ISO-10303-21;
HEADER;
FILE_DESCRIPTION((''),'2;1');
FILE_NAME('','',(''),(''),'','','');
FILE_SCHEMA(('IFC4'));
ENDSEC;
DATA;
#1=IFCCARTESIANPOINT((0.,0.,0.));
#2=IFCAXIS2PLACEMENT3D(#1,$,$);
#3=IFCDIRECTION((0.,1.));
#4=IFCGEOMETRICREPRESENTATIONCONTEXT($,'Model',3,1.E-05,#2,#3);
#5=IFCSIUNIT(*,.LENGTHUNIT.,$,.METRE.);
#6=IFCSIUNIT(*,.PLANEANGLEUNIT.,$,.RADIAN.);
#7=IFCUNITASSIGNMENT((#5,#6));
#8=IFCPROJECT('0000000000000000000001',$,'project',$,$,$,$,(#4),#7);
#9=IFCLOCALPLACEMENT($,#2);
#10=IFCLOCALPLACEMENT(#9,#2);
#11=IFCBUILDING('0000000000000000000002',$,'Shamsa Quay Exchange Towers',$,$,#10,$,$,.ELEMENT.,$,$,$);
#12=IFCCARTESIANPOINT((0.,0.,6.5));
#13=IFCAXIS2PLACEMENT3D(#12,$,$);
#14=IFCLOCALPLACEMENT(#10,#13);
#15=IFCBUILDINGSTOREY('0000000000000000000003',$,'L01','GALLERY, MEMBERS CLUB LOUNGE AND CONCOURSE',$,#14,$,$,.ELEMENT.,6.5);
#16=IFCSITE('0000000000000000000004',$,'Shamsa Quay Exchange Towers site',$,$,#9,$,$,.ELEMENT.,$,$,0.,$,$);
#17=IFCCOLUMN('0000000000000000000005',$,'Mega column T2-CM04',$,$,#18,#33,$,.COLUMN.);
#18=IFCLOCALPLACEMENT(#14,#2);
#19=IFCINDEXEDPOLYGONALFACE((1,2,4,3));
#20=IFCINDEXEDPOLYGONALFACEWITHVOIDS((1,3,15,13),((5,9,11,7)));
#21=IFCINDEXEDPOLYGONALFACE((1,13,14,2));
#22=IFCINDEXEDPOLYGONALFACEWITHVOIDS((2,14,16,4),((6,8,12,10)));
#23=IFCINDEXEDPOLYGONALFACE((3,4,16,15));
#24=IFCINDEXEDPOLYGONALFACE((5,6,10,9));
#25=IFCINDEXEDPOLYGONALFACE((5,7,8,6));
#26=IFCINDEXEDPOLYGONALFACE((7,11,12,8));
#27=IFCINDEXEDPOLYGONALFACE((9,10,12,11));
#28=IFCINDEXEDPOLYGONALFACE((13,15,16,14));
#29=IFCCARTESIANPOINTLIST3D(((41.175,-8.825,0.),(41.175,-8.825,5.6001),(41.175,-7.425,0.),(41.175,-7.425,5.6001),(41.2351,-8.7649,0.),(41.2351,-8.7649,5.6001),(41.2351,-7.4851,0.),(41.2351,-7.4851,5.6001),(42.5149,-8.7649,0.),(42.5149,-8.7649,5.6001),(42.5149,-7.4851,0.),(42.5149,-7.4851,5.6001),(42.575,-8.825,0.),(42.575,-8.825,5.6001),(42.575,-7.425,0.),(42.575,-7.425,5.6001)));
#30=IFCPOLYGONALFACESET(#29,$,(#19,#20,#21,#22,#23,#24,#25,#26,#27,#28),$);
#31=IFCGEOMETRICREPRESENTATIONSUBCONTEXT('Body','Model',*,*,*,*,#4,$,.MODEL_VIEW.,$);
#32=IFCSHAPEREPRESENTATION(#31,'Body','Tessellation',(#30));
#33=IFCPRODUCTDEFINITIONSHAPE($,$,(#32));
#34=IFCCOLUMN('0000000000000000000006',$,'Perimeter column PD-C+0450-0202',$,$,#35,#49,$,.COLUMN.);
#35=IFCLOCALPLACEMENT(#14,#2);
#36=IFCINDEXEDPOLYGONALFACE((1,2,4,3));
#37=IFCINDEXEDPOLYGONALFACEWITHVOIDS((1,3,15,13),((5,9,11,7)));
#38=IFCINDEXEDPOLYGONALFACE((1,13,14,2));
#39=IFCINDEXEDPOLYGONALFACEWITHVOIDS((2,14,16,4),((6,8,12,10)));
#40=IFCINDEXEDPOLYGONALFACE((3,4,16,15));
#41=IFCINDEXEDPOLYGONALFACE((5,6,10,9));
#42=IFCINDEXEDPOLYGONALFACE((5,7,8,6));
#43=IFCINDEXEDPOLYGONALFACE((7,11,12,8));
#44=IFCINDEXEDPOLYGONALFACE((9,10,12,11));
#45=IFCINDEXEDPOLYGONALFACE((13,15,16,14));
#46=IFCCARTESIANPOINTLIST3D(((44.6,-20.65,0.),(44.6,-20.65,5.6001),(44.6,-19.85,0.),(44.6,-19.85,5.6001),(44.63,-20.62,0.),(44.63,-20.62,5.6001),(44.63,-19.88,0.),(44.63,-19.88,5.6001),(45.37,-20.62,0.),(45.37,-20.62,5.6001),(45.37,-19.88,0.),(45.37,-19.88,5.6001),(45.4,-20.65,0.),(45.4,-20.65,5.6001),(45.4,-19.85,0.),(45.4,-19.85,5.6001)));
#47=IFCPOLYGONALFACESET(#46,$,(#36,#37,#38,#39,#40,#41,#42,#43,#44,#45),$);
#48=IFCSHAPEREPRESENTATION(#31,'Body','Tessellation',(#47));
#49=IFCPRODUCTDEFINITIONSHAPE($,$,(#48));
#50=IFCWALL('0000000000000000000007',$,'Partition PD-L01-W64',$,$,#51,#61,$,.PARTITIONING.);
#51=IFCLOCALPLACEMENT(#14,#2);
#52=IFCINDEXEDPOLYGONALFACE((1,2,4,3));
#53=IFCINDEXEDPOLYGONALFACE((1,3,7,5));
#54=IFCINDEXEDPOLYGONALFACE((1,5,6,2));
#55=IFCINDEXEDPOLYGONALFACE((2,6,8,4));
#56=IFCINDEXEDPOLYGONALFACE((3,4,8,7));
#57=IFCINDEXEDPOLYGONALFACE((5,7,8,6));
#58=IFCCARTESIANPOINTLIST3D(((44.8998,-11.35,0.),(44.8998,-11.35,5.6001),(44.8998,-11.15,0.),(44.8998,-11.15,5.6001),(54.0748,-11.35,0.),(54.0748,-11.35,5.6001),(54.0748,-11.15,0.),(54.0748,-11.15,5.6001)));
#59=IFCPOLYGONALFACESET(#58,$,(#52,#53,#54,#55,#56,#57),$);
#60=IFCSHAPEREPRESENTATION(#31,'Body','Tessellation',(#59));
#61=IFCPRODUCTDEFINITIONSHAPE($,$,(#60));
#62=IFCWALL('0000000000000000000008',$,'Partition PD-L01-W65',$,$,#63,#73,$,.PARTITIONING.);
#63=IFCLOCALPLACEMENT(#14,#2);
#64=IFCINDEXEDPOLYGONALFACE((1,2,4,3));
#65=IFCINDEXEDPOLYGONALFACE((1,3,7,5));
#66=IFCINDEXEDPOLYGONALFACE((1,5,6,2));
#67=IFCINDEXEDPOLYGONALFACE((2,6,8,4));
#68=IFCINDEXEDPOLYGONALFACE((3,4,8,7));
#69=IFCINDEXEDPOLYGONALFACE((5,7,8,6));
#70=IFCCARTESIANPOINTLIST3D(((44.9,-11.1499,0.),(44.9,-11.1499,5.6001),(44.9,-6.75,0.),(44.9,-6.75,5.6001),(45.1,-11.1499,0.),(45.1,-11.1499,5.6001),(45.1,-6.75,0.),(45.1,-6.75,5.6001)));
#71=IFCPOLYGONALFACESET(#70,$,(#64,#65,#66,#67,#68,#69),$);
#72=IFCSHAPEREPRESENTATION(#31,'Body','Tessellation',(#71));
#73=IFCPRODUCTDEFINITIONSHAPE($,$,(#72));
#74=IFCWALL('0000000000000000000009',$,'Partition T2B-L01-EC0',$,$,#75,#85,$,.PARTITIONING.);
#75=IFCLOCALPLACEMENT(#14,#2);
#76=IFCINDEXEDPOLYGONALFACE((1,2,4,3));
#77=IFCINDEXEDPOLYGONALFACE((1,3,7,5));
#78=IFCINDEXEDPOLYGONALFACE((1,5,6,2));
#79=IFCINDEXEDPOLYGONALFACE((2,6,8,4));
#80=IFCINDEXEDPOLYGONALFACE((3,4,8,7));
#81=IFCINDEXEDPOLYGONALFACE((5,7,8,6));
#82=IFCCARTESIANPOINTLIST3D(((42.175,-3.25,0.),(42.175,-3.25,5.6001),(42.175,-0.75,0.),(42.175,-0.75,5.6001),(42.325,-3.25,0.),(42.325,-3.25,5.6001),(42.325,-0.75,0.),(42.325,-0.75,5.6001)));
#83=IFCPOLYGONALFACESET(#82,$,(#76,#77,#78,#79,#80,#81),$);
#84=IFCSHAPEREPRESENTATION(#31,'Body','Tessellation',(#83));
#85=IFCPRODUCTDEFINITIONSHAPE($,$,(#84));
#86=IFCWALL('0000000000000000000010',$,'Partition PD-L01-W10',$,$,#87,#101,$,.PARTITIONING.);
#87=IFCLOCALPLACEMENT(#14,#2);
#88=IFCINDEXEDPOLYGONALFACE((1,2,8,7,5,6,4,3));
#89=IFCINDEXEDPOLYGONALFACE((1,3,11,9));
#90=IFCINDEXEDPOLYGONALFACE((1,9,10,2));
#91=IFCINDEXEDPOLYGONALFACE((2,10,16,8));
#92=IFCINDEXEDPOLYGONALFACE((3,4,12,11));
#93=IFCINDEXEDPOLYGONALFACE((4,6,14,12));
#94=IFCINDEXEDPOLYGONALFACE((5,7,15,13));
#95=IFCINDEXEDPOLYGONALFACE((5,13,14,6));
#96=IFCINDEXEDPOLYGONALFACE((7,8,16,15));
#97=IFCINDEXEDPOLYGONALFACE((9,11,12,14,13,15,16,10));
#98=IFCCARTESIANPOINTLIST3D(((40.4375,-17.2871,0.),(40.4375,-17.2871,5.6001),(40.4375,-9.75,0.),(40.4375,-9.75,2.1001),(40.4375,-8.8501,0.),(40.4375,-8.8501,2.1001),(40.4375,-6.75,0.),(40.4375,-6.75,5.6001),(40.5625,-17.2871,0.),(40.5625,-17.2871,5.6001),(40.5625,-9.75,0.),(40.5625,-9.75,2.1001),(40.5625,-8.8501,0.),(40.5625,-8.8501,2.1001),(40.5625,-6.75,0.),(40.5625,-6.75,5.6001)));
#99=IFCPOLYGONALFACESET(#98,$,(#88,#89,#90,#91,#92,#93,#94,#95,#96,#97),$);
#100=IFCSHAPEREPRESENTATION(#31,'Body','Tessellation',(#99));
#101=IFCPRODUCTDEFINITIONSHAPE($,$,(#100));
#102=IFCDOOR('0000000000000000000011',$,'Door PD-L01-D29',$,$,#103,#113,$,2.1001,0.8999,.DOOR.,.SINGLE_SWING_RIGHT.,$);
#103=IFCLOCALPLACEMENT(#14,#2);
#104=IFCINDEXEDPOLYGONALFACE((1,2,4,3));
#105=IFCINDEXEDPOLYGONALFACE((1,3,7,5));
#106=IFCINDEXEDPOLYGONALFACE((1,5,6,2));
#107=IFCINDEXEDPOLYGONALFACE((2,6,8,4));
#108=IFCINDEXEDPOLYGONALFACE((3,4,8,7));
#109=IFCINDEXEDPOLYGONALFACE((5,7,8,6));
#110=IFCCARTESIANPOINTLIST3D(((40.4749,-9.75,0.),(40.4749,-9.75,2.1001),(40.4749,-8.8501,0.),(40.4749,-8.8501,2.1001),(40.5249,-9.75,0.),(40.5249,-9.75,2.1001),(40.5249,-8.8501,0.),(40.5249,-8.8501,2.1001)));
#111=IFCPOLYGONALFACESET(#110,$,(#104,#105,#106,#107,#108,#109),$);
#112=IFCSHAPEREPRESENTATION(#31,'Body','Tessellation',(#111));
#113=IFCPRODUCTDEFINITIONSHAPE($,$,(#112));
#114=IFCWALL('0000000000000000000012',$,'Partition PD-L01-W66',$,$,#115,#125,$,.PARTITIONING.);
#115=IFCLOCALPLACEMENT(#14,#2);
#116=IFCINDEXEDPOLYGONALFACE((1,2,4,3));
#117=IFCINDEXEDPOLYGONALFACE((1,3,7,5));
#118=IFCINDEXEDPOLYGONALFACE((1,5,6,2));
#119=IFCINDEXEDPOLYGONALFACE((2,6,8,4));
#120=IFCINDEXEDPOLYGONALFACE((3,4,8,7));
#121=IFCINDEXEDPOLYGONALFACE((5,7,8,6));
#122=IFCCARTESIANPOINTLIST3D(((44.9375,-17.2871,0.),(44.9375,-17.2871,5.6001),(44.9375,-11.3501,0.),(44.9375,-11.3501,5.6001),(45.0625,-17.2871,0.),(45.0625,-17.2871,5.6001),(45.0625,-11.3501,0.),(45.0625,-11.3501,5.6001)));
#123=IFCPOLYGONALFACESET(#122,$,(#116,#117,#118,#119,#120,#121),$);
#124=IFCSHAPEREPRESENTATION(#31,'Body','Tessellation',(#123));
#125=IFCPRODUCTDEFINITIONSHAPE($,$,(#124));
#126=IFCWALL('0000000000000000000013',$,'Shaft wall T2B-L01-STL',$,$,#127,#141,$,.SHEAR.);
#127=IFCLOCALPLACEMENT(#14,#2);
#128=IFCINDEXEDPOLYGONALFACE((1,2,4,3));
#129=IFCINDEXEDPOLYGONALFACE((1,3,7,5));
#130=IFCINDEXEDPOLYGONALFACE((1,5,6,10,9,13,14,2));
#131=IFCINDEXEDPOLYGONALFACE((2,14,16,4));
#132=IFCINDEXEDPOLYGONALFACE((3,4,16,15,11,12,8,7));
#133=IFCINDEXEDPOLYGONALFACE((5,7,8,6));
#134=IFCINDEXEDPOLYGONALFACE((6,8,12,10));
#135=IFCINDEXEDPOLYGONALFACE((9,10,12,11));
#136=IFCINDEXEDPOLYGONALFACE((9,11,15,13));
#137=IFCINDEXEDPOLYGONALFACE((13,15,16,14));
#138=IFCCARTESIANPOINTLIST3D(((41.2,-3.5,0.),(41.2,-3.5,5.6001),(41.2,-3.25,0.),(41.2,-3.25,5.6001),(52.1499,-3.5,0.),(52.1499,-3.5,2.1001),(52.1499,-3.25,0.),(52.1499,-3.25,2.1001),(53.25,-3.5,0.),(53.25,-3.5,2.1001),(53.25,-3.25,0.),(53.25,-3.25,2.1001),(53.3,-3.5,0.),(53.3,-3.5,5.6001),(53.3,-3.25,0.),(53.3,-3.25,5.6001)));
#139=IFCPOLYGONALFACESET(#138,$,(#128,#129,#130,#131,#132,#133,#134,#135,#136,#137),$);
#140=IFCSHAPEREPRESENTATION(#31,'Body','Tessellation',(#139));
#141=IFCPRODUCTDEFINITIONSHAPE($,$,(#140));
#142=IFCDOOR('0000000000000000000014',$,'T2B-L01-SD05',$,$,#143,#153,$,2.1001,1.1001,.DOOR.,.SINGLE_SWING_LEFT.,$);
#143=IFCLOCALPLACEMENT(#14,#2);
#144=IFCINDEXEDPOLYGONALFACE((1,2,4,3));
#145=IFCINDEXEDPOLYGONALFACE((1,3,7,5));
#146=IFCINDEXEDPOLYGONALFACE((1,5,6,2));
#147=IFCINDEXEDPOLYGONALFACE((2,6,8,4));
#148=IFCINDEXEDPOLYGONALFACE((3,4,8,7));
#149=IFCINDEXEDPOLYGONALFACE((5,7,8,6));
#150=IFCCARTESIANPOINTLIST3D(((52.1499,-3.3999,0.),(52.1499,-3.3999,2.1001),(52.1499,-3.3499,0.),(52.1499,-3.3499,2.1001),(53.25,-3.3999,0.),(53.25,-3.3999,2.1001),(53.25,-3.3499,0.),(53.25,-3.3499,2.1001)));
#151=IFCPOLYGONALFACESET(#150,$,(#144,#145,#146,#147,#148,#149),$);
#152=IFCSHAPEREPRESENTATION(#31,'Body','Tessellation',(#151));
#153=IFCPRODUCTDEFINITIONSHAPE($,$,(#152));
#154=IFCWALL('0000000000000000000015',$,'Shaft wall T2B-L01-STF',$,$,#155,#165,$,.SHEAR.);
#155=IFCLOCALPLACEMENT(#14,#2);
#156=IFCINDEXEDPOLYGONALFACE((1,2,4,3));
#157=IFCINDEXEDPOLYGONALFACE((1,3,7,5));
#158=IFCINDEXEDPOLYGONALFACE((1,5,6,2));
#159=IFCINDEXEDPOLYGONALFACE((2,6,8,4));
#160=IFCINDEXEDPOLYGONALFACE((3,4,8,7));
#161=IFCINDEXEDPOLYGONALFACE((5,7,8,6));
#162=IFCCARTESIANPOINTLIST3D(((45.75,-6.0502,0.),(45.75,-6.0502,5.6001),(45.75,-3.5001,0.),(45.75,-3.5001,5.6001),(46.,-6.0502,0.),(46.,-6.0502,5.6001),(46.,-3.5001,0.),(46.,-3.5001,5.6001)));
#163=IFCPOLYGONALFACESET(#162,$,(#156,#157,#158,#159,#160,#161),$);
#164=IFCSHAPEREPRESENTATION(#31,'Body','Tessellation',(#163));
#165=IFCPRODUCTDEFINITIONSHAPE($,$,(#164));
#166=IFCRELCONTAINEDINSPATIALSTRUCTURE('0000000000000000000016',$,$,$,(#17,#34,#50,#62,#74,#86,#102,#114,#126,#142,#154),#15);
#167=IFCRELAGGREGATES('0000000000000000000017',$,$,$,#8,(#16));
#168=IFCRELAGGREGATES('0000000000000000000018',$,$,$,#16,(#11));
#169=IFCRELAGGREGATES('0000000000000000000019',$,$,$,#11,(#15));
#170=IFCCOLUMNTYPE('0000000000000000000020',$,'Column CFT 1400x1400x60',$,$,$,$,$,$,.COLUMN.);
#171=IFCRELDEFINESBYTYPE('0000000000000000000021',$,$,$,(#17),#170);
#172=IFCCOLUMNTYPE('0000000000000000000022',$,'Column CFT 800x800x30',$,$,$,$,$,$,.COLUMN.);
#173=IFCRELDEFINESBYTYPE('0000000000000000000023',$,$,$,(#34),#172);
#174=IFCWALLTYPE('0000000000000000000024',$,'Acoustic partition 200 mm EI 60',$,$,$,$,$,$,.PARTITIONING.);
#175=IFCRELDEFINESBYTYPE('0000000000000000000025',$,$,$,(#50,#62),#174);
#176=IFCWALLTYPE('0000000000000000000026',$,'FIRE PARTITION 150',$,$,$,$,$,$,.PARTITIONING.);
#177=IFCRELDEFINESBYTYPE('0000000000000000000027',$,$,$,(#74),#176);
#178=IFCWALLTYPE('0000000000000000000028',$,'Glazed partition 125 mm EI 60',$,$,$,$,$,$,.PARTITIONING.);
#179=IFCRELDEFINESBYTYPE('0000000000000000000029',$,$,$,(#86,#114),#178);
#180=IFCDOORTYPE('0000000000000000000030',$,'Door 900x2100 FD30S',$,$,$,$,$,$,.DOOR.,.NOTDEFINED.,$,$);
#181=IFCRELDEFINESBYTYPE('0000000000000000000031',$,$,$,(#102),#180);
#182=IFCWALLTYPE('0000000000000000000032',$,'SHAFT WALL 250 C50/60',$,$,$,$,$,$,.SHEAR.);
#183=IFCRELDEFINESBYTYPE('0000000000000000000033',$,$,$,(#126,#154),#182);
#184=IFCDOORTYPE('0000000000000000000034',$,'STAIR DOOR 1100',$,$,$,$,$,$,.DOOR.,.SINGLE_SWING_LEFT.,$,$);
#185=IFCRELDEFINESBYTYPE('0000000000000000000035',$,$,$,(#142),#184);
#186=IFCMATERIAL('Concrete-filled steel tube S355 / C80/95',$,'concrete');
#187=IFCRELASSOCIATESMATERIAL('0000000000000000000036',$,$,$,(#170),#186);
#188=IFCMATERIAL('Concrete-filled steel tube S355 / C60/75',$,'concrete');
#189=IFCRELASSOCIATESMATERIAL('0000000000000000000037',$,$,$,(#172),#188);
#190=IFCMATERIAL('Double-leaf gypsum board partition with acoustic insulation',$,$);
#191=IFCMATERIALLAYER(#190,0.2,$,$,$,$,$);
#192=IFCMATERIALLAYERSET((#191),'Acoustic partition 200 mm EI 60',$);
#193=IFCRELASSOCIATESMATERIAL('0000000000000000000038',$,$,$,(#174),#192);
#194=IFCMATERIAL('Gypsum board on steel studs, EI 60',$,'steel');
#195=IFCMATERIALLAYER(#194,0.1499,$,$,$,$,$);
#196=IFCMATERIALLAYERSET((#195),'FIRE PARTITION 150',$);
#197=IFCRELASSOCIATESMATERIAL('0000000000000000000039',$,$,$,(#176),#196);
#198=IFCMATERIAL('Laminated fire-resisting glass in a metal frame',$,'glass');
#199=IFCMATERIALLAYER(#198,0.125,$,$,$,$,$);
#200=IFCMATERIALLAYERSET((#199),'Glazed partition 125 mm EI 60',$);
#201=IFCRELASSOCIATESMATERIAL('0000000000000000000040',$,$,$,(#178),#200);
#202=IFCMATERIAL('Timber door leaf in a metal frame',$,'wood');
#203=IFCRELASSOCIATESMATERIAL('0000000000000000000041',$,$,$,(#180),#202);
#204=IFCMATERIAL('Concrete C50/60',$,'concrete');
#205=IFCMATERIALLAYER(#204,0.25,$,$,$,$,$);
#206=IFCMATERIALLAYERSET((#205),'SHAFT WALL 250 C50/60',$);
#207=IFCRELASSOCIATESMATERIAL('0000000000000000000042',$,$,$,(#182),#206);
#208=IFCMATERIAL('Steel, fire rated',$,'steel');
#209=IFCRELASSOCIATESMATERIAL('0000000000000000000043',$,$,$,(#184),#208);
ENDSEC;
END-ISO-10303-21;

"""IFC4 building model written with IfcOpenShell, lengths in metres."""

from ifc_helpers import new_model, si_unit, direction, frame, frame_2d, origin, origin_2d, place, context, subcontext, project, spatial, rectangle, hollow_rectangle, extrude, material, layer, layer_set, material_profile, profile_set, type_object, element, fill, save


model = new_model("IFC4")

# Units and contexts
model_context = context("Model", 3, precision=1e-05, world=origin(), true_north=direction((0.0, 1.0)))
body_context = subcontext(model_context, "Body", "Model", "MODEL_VIEW")
ifc_project = project(units=[si_unit("LENGTHUNIT", "METRE"), si_unit("PLANEANGLEUNIT", "RADIAN")], contexts=[model_context])

# Site, building, storey
site_placement = place(None, origin())
site = spatial("IfcSite", under=ifc_project, at=site_placement, Name="Shamsa Quay Exchange Towers site", CompositionType="ELEMENT", RefElevation=0.0)
building_placement = place(site_placement, origin())
building = spatial("IfcBuilding", under=site, at=building_placement, Name="Shamsa Quay Exchange Towers", CompositionType="ELEMENT")
storey_placement = place(building_placement, frame((0.0, 0.0, 6.5)))
storey = spatial("IfcBuildingStorey", under=building, at=storey_placement, Name="L01", Description="GALLERY, MEMBERS CLUB LOUNGE AND CONCOURSE", CompositionType="ELEMENT", Elevation=6.5)

# Columns
ifc_material_1 = material(Name="Concrete-filled steel tube S355 / C80/95", Category="concrete")
ifc_material_profile_1 = material_profile(ifc_material_1, hollow_rectangle(XDim=1.3999, YDim=1.3999, WallThickness=0.0601, at=origin_2d()), Name="CFT 1400x1400x60")
ifc_profile_set_1 = profile_set([ifc_material_profile_1], Name="Concrete-filled steel tube S355 / C80/95")
column_type_1 = type_object("IfcColumnType", Name="Column CFT 1400x1400x60", PredefinedType="COLUMN", material=ifc_profile_set_1)
column_1_placement = place(storey_placement, frame((41.875, -8.125, 0.0)))
element("IfcColumn", 1, at=column_1_placement, inside=storey, type_object=column_type_1, Name="Mega column T2-CM04", PredefinedType="COLUMN", context=body_context, shape_type="SweptSolid", body=[
    extrude(hollow_rectangle(XDim=1.3999, YDim=1.3999, WallThickness=0.0601, at=origin_2d()), origin(), (0.0, 0.0, 1.0), 5.6001),
])
ifc_material_2 = material(Name="Concrete-filled steel tube S355 / C60/75", Category="concrete")
ifc_material_profile_2 = material_profile(ifc_material_2, hollow_rectangle(XDim=0.8, YDim=0.8, WallThickness=0.03, at=origin_2d()), Name="CFT 800x800x30")
ifc_profile_set_2 = profile_set([ifc_material_profile_2], Name="Concrete-filled steel tube S355 / C60/75")
column_type_2 = type_object("IfcColumnType", Name="Column CFT 800x800x30", PredefinedType="COLUMN", material=ifc_profile_set_2)
column_2_placement = place(storey_placement, frame((45.0, -20.25, 0.0)))
element("IfcColumn", 2, at=column_2_placement, inside=storey, type_object=column_type_2, Name="Perimeter column PD-C+0450-0202", PredefinedType="COLUMN", context=body_context, shape_type="SweptSolid", body=[
    extrude(hollow_rectangle(XDim=0.8, YDim=0.8, WallThickness=0.03, at=origin_2d()), origin(), (0.0, 0.0, 1.0), 5.6001),
])

# Walls
ifc_material_3 = material(Name="Double-leaf gypsum board partition with acoustic insulation")
ifc_layer_1 = layer(ifc_material_3, 0.2)
ifc_layer_set_1 = layer_set([ifc_layer_1], Name="Acoustic partition 200 mm EI 60")
wall_type_1 = type_object("IfcWallType", Name="Acoustic partition 200 mm EI 60", PredefinedType="PARTITIONING", material=ifc_layer_set_1)
wall_1_placement = place(storey_placement, frame((44.8999, -11.25, 0.0)))
element("IfcWall", 3, at=wall_1_placement, inside=storey, type_object=wall_type_1, Name="Partition PD-L01-W64", PredefinedType="PARTITIONING", context=body_context, shape_type="SweptSolid", body=[
    extrude(rectangle(XDim=9.175, YDim=0.2, at=frame_2d((4.5874, 0.0))), origin(), (0.0, 0.0, 1.0), 5.6001),
])
wall_2_placement = place(storey_placement, frame((45.0, -6.75, 0.0), z_axis=(0.0, 0.0, 1.0), x_axis=(0.0, -1.0, 0.0)))
element("IfcWall", 4, at=wall_2_placement, inside=storey, type_object=wall_type_1, Name="Partition PD-L01-W65", PredefinedType="PARTITIONING", context=body_context, shape_type="SweptSolid", body=[
    extrude(rectangle(XDim=4.3999, YDim=0.2, at=frame_2d((2.2, 0.0))), origin(), (0.0, 0.0, 1.0), 5.6001),
])

# Shared definitions
ifc_material_4 = material(Name="Steel, fire rated", Category="steel")

# Wall
ifc_material_5 = material(Name="Gypsum board on steel studs, EI 60", Category="steel")
ifc_layer_2 = layer(ifc_material_5, 0.1499)
ifc_layer_set_2 = layer_set([ifc_layer_2], Name="FIRE PARTITION 150")
wall_type_2 = type_object("IfcWallType", Name="FIRE PARTITION 150", PredefinedType="PARTITIONING", material=ifc_layer_set_2)
wall_3_placement = place(storey_placement, frame((42.25, -3.25, 0.0), z_axis=(0.0, 0.0, 1.0), x_axis=(0.0, 1.0, 0.0)))
element("IfcWall", 5, at=wall_3_placement, inside=storey, type_object=wall_type_2, Name="Partition T2B-L01-EC0", PredefinedType="PARTITIONING", context=body_context, shape_type="SweptSolid", body=[
    extrude(rectangle(XDim=2.5, YDim=0.1499, at=frame_2d((1.25, 0.0))), origin(), (0.0, 0.0, 1.0), 5.6001),
])

# Wall, opening, door
ifc_material_6 = material(Name="Laminated fire-resisting glass in a metal frame", Category="glass")
ifc_layer_3 = layer(ifc_material_6, 0.125)
ifc_layer_set_3 = layer_set([ifc_layer_3], Name="Glazed partition 125 mm EI 60")
wall_type_3 = type_object("IfcWallType", Name="Glazed partition 125 mm EI 60", PredefinedType="PARTITIONING", material=ifc_layer_set_3)
wall_4_placement = place(storey_placement, frame((40.5, -6.75, 0.0), z_axis=(0.0, 0.0, 1.0), x_axis=(0.0, -1.0, 0.0)))
wall_4 = element("IfcWall", 6, at=wall_4_placement, inside=storey, type_object=wall_type_3, Name="Partition PD-L01-W10", PredefinedType="PARTITIONING", context=body_context, shape_type="SweptSolid", body=[
    extrude(rectangle(XDim=10.5371, YDim=0.125, at=frame_2d((5.2686, 0.0))), origin(), (0.0, 0.0, 1.0), 5.6001),
])
opening_1_placement = place(wall_4_placement, frame((2.1001, 0.0, 0.0)))
opening_1 = element("IfcOpeningElement", 7, at=opening_1_placement, cuts=wall_4, PredefinedType="OPENING", context=body_context, shape_type="SweptSolid", body=[
    extrude(rectangle(XDim=0.8999, YDim=2.1001, at=frame_2d((0.45, 1.05))), frame((0.0, 0.0725, 0.0), z_axis=(0.0, -1.0, 0.0), x_axis=(1.0, 0.0, 0.0)), (0.0, 0.0, 1.0), 0.145),
])
ifc_material_7 = material(Name="Timber door leaf in a metal frame", Category="wood")
door_type_1 = type_object("IfcDoorType", Name="Door 900x2100 FD30S", OperationType="NOTDEFINED", PredefinedType="DOOR", material=ifc_material_7)
door_1_placement = place(opening_1_placement, origin())
door_1 = element("IfcDoor", 8, at=door_1_placement, inside=storey, type_object=door_type_1, Name="Door PD-L01-D29", OperationType="SINGLE_SWING_RIGHT", OverallHeight=2.1001, OverallWidth=0.8999, PredefinedType="DOOR", context=body_context, shape_type="SweptSolid", body=[
    extrude(rectangle(XDim=0.8999, YDim=2.1001, at=frame_2d((0.45, 1.05))), frame((0.0, 0.0249, 0.0), z_axis=(0.0, -1.0, 0.0), x_axis=(1.0, 0.0, 0.0)), (0.0, 0.0, 1.0), 0.05),
])
fill(opening_1, door_1)

# Wall
wall_5_placement = place(storey_placement, frame((45.0, -11.3501, 0.0), z_axis=(0.0, 0.0, 1.0), x_axis=(0.0, -1.0, 0.0)))
element("IfcWall", 9, at=wall_5_placement, inside=storey, type_object=wall_type_3, Name="Partition PD-L01-W66", PredefinedType="PARTITIONING", context=body_context, shape_type="SweptSolid", body=[
    extrude(rectangle(XDim=5.937, YDim=0.125, at=frame_2d((2.9685, 0.0))), origin(), (0.0, 0.0, 1.0), 5.6001),
])

# Wall, opening, door
ifc_material_8 = material(Name="Concrete C50/60", Category="concrete")
ifc_layer_4 = layer(ifc_material_8, 0.25)
ifc_layer_set_4 = layer_set([ifc_layer_4], Name="SHAFT WALL 250 C50/60")
wall_type_4 = type_object("IfcWallType", Name="SHAFT WALL 250 C50/60", PredefinedType="SHEAR", material=ifc_layer_set_4)
wall_6_placement = place(storey_placement, frame((53.3, -3.375, 0.0), z_axis=(0.0, 0.0, 1.0), x_axis=(-1.0, 0.0, 0.0)))
wall_6 = element("IfcWall", 10, at=wall_6_placement, inside=storey, type_object=wall_type_4, Name="Shaft wall T2B-L01-STL", PredefinedType="SHEAR", context=body_context, shape_type="SweptSolid", body=[
    extrude(rectangle(XDim=12.1001, YDim=0.25, at=frame_2d((6.05, 0.0))), origin(), (0.0, 0.0, 1.0), 5.6001),
])
opening_2_placement = place(wall_6_placement, frame((0.05, 0.0, 0.0)))
opening_2 = element("IfcOpeningElement", 11, at=opening_2_placement, cuts=wall_6, PredefinedType="OPENING", context=body_context, shape_type="SweptSolid", body=[
    extrude(rectangle(XDim=1.1001, YDim=2.1001, at=frame_2d((0.55, 1.05))), frame((0.0, 0.135, 0.0), z_axis=(0.0, -1.0, 0.0), x_axis=(1.0, 0.0, 0.0)), (0.0, 0.0, 1.0), 0.27),
])
door_type_2 = type_object("IfcDoorType", Name="STAIR DOOR 1100", OperationType="SINGLE_SWING_LEFT", PredefinedType="DOOR", material=ifc_material_4)
door_2_placement = place(opening_2_placement, origin())
door_2 = element("IfcDoor", 12, at=door_2_placement, inside=storey, type_object=door_type_2, Name="T2B-L01-SD05", OperationType="SINGLE_SWING_LEFT", OverallHeight=2.1001, OverallWidth=1.1001, PredefinedType="DOOR", context=body_context, shape_type="SweptSolid", body=[
    extrude(rectangle(XDim=1.1001, YDim=2.1001, at=frame_2d((0.55, 1.05))), frame((0.0, 0.0249, 0.0), z_axis=(0.0, -1.0, 0.0), x_axis=(1.0, 0.0, 0.0)), (0.0, 0.0, 1.0), 0.05),
])
fill(opening_2, door_2)

# Wall
wall_7_placement = place(storey_placement, frame((45.875, -6.05, 0.0), z_axis=(0.0, 0.0, 1.0), x_axis=(0.0, 1.0, 0.0)))
element("IfcWall", 13, at=wall_7_placement, inside=storey, type_object=wall_type_4, Name="Shaft wall T2B-L01-STF", PredefinedType="SHEAR", context=body_context, shape_type="SweptSolid", body=[
    extrude(rectangle(XDim=2.55, YDim=0.25, at=frame_2d((1.2749, 0.0))), origin(), (0.0, 0.0, 1.0), 5.6001),
])

save(model, "model.ifc")
